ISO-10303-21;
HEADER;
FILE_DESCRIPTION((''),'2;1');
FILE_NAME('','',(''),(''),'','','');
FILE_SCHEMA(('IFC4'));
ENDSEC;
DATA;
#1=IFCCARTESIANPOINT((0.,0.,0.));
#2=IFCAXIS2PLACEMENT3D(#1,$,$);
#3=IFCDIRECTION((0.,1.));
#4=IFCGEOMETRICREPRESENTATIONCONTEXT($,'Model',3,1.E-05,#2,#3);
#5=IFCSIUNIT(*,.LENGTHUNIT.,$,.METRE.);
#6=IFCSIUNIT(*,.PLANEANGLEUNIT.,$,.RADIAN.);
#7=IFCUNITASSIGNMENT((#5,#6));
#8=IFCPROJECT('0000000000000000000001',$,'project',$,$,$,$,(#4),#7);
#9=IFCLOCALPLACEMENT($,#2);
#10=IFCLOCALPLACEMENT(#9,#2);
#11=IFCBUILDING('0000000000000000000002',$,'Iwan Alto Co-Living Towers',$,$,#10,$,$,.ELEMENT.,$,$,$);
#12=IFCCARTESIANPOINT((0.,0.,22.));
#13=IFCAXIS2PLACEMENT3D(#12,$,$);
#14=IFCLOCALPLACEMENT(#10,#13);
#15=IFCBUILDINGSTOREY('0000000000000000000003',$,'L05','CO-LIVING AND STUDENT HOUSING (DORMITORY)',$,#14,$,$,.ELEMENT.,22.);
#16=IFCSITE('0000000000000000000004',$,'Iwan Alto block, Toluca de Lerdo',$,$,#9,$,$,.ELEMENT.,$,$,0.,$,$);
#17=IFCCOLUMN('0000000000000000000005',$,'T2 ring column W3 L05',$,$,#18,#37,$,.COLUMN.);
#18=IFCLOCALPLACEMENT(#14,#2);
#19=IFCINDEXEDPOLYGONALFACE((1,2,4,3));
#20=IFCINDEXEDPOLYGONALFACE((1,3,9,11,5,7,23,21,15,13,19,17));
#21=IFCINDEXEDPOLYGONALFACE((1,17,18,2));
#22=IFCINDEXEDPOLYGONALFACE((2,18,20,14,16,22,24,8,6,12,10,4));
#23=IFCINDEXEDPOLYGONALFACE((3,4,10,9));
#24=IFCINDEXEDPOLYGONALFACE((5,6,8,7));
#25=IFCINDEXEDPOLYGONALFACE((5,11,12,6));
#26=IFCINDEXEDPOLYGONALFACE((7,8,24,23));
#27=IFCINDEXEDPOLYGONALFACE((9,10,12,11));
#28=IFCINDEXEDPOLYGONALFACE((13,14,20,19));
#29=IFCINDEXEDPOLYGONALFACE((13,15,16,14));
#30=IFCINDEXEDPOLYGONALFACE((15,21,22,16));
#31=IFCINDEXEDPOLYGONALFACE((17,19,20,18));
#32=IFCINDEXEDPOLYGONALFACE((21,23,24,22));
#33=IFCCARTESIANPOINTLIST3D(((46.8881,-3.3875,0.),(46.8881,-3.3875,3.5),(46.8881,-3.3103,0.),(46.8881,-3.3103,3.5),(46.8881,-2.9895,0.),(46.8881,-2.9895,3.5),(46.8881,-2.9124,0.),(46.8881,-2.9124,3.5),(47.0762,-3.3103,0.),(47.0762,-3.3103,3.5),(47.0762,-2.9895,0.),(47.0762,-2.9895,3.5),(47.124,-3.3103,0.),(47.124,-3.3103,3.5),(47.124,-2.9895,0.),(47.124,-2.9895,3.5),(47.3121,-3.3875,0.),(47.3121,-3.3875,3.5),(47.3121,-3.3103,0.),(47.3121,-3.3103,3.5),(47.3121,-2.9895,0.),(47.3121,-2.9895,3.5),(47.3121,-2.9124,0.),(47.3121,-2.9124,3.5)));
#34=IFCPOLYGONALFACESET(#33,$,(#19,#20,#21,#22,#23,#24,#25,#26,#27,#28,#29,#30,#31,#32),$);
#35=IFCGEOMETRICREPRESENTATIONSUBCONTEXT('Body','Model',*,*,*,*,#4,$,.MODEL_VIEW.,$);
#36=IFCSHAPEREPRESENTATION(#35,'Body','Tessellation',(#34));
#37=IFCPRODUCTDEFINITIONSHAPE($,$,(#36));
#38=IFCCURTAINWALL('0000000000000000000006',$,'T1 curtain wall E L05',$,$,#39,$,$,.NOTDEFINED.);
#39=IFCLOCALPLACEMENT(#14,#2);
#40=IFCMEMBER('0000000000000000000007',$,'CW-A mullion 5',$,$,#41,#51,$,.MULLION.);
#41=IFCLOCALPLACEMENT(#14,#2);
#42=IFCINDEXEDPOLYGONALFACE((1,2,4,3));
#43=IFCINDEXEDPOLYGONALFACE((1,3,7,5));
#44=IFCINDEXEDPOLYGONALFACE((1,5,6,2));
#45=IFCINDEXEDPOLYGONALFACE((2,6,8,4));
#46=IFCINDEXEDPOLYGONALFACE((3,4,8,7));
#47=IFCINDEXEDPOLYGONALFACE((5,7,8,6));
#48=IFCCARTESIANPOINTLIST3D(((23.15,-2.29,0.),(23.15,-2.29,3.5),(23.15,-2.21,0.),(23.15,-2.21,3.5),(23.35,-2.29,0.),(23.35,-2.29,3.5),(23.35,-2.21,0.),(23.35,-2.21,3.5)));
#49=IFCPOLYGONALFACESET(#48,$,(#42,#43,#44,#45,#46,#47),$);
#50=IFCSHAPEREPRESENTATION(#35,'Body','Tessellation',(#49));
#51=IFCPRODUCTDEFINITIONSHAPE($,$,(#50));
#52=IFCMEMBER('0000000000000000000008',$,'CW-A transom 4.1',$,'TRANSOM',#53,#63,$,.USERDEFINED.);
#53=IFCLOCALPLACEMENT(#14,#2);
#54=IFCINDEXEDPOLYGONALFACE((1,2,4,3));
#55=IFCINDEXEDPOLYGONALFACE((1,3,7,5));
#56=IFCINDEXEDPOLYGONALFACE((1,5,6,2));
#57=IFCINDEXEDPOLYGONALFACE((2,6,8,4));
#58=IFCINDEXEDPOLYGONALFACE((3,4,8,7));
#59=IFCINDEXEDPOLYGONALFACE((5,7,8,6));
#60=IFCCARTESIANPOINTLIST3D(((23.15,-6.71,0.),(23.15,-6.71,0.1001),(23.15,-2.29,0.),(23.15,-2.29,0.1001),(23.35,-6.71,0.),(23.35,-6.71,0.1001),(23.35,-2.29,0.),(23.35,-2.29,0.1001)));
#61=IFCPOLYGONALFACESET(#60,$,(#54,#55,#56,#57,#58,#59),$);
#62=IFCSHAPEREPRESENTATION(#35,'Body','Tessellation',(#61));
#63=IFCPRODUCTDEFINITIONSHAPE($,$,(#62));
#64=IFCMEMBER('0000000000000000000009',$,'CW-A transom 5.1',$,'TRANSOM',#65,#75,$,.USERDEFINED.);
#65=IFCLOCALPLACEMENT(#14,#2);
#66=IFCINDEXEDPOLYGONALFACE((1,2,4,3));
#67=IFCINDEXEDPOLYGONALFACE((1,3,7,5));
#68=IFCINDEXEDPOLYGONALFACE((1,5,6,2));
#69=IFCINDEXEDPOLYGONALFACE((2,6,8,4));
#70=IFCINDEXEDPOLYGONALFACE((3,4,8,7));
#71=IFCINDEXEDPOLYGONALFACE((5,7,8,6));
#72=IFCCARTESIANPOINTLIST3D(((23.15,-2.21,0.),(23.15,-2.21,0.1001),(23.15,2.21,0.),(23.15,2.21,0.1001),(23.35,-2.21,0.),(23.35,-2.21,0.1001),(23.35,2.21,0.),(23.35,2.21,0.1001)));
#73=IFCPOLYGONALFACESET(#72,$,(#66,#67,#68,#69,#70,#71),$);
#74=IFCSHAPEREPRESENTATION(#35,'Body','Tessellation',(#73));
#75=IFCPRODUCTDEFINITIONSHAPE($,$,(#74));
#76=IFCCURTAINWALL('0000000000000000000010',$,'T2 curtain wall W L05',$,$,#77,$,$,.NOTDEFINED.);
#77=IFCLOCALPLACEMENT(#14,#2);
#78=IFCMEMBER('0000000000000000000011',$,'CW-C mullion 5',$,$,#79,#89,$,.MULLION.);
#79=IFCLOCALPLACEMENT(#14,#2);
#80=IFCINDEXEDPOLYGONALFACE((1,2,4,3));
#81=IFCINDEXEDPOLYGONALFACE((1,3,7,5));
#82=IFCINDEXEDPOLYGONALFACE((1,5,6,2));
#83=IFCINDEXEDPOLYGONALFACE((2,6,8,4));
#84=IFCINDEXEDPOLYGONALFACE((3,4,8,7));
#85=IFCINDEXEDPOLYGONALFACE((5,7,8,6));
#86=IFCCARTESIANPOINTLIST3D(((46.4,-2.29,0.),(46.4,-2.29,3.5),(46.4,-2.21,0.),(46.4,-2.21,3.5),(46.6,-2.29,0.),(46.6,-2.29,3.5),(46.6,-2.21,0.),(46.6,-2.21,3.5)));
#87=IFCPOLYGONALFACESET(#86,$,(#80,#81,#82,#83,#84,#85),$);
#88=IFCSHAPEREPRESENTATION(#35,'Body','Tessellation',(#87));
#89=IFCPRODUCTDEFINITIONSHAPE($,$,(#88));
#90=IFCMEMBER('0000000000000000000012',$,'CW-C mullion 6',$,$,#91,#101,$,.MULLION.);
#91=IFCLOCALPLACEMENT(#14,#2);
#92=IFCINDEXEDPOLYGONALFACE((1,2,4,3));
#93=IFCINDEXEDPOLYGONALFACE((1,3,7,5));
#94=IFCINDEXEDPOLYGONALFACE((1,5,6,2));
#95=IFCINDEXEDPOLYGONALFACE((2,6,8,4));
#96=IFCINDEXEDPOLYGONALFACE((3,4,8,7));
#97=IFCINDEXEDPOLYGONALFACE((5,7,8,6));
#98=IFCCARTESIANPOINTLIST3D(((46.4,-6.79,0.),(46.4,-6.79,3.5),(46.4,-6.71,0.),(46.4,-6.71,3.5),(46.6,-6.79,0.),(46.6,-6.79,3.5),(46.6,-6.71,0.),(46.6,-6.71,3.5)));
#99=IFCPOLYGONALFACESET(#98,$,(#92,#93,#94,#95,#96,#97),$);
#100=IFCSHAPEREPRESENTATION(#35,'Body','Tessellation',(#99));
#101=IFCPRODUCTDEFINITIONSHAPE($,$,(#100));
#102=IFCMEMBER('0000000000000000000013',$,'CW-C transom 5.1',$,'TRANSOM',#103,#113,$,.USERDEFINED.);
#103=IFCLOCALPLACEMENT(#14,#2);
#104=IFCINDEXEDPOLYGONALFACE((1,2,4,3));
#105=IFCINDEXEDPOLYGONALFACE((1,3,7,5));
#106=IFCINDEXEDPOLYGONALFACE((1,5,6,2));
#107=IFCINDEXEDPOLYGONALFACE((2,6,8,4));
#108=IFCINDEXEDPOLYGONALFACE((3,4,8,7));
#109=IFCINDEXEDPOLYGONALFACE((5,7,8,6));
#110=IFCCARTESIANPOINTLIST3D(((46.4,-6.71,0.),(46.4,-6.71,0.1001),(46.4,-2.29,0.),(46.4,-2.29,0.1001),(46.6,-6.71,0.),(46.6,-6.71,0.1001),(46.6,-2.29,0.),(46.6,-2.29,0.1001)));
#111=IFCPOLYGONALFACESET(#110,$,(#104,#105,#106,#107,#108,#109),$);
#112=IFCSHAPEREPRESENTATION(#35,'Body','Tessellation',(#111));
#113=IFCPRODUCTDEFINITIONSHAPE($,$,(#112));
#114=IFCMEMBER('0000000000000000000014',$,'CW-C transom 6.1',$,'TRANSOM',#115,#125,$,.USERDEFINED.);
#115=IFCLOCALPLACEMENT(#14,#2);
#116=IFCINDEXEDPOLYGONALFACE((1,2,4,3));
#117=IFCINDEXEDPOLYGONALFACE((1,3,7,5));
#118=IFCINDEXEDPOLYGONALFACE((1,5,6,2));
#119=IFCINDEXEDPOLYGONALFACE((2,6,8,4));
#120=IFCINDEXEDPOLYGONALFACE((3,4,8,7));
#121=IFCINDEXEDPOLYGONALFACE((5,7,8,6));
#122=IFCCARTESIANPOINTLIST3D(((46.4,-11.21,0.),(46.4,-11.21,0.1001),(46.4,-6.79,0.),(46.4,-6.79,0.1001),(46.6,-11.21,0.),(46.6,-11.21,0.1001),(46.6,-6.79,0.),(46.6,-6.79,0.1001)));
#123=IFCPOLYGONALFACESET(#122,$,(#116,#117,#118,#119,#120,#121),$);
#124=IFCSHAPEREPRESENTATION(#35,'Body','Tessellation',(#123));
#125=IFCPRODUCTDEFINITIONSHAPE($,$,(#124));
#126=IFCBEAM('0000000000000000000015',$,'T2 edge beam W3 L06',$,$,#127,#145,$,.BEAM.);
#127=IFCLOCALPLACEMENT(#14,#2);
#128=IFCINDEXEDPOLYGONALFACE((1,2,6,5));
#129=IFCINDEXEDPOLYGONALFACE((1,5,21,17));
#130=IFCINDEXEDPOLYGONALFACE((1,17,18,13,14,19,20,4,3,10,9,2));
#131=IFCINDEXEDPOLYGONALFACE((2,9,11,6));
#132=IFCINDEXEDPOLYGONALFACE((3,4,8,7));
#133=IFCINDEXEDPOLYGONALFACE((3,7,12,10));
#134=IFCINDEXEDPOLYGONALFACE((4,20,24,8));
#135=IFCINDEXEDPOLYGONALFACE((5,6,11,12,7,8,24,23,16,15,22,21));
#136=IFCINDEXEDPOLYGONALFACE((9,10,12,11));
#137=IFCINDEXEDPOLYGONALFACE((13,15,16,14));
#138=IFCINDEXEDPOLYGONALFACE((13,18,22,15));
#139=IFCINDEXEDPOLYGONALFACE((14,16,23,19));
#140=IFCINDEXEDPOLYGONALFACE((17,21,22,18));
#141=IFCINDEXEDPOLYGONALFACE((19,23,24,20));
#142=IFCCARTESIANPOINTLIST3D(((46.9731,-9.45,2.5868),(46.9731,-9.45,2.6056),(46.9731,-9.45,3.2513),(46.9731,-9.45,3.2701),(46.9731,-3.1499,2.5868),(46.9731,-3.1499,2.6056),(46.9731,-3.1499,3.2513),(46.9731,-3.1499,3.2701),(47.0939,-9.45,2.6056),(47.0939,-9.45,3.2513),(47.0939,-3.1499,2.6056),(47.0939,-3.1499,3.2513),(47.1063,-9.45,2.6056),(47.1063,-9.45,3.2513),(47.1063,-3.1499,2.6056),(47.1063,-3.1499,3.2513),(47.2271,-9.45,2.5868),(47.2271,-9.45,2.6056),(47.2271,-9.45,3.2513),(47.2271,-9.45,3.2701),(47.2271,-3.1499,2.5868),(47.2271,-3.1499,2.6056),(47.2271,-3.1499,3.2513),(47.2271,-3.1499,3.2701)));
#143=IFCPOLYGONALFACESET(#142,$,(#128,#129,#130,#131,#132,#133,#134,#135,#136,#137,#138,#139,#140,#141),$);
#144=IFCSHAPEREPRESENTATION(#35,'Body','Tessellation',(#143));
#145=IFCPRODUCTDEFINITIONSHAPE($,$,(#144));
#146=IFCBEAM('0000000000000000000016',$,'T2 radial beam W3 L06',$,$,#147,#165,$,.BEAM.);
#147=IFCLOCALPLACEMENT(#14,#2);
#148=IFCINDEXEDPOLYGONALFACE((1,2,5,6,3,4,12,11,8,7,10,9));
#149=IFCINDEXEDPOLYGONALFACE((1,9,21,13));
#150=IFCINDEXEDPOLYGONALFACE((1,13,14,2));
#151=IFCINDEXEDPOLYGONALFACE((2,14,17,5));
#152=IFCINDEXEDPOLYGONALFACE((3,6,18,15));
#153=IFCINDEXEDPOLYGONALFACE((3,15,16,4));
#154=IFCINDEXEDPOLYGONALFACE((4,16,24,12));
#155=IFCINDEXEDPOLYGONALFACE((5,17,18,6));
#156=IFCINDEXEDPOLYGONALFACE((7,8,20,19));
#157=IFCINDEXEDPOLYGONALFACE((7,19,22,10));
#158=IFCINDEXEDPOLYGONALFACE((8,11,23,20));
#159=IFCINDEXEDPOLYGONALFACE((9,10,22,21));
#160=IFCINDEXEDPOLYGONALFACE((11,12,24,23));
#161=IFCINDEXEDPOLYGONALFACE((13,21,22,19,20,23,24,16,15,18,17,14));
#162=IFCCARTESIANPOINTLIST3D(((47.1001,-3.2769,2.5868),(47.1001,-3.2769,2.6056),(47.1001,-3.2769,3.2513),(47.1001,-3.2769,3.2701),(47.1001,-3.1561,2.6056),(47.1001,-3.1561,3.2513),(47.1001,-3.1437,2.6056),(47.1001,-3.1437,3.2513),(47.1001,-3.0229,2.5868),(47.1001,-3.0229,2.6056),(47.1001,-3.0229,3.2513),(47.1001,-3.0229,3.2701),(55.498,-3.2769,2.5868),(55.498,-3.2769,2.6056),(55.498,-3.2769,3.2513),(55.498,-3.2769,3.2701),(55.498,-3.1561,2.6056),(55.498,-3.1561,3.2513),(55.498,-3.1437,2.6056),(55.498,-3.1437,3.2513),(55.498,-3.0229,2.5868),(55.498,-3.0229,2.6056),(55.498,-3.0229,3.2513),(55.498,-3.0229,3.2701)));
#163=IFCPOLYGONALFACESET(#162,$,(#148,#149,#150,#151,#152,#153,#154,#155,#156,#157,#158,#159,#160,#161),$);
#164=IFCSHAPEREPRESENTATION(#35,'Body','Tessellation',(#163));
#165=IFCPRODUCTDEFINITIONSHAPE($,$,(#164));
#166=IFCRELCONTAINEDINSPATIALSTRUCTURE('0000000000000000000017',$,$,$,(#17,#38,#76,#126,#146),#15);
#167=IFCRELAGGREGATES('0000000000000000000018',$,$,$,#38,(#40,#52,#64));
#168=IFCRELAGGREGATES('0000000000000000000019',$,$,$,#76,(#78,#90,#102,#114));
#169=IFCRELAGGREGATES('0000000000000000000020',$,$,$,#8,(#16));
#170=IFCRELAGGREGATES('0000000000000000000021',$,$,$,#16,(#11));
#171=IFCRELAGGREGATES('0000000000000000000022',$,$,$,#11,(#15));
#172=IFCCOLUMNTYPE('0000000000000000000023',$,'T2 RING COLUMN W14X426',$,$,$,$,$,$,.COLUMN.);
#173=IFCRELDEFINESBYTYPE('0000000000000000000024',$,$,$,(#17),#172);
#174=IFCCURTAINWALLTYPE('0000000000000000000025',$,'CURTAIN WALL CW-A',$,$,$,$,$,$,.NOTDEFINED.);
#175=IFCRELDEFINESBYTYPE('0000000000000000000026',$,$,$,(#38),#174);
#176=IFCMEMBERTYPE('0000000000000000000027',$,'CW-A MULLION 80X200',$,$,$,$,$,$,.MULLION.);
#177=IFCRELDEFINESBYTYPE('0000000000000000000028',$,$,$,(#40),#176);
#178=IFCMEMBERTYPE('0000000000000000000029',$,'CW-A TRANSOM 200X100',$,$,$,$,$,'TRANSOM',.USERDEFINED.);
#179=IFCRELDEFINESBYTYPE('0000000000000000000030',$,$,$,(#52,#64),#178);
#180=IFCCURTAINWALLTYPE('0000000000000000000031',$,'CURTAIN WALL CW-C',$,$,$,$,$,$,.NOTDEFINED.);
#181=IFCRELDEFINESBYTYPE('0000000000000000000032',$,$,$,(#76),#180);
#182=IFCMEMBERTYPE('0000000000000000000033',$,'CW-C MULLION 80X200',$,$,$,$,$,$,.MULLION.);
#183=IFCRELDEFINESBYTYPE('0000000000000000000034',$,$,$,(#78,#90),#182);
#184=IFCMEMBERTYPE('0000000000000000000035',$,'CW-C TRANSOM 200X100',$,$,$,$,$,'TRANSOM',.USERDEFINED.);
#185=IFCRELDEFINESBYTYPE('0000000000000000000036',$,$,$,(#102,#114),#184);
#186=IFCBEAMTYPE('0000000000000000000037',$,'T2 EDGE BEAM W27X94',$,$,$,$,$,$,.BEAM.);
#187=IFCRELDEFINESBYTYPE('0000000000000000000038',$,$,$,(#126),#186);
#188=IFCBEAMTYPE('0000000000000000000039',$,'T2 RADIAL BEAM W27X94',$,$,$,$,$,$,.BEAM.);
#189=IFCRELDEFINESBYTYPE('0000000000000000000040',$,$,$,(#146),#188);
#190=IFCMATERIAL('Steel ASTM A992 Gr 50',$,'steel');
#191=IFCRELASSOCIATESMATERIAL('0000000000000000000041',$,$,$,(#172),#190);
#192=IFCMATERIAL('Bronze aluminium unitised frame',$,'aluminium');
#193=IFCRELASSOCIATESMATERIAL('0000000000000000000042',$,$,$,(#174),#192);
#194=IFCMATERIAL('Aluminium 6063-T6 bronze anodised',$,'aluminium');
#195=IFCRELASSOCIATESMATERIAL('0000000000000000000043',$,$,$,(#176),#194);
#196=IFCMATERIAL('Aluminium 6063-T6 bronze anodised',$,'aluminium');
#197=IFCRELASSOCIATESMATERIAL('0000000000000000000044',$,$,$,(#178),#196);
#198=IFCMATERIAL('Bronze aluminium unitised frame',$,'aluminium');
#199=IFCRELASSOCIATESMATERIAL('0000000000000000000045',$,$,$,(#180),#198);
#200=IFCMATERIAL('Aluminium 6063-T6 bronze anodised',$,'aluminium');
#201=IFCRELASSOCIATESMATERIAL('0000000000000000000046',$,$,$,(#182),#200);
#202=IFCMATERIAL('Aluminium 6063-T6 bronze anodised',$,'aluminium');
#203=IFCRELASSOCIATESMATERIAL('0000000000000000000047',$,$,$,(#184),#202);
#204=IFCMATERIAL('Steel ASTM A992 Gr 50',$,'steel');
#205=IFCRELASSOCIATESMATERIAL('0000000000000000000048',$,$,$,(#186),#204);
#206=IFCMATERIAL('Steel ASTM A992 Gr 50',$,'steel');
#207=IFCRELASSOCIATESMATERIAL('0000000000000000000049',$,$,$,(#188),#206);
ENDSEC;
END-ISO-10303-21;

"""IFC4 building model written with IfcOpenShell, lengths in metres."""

from ifc_helpers import new_model, si_unit, direction, frame, origin, origin_2d, place, context, subcontext, project, spatial, rectangle, i_section, extrude, material, material_profile, profile_set, type_object, element, aggregate, save


model = new_model("IFC4")

# Units and contexts
model_context = context("Model", 3, precision=1e-05, world=origin(), true_north=direction((0.0, 1.0)))
body_context = subcontext(model_context, "Body", "Model", "MODEL_VIEW")
ifc_project = project(units=[si_unit("LENGTHUNIT", "METRE"), si_unit("PLANEANGLEUNIT", "RADIAN")], contexts=[model_context])

# Site, building, storey
site_placement = place(None, origin())
site = spatial("IfcSite", under=ifc_project, at=site_placement, Name="Iwan Alto block, Toluca de Lerdo", CompositionType="ELEMENT", RefElevation=0.0)
building_placement = place(site_placement, origin())
building = spatial("IfcBuilding", under=site, at=building_placement, Name="Iwan Alto Co-Living Towers", CompositionType="ELEMENT")
storey_placement = place(building_placement, frame((0.0, 0.0, 22.0)))
storey = spatial("IfcBuildingStorey", under=building, at=storey_placement, Name="L05", Description="CO-LIVING AND STUDENT HOUSING (DORMITORY)", CompositionType="ELEMENT", Elevation=22.0)

# Column
ifc_material_1 = material(Name="Steel ASTM A992 Gr 50", Category="steel")
ifc_material_profile_1 = material_profile(ifc_material_1, i_section(OverallWidth=0.4241, OverallDepth=0.4751, WebThickness=0.0479, FlangeThickness=0.0771, at=origin_2d()), Name="W14X426")
ifc_profile_set_1 = profile_set([ifc_material_profile_1], Name="Steel ASTM A992 Gr 50")
column_type = type_object("IfcColumnType", Name="T2 RING COLUMN W14X426", PredefinedType="COLUMN", material=ifc_profile_set_1)
column_placement = place(storey_placement, frame((47.1001, -3.1499, 0.0), z_axis=(0.0, 0.0, 1.0), x_axis=(1.0, 0.0, 0.0)))
element("IfcColumn", 1, at=column_placement, inside=storey, type_object=column_type, Name="T2 ring column W3 L05", PredefinedType="COLUMN", context=body_context, shape_type="SweptSolid", body=[
    extrude(i_section(OverallWidth=0.4241, OverallDepth=0.4751, WebThickness=0.0479, FlangeThickness=0.0771, at=origin_2d()), origin(), (0.0, 0.0, 1.0), 3.5),
])

# Curtain walls, members
ifc_material_2 = material(Name="Bronze aluminium unitised frame", Category="aluminium")
curtain_wall_type_1 = type_object("IfcCurtainWallType", Name="CURTAIN WALL CW-A", PredefinedType="NOTDEFINED", material=ifc_material_2)
curtain_wall_1_placement = place(storey_placement, origin())
curtain_wall_1 = element("IfcCurtainWall", 2, at=curtain_wall_1_placement, inside=storey, type_object=curtain_wall_type_1, Name="T1 curtain wall E L05", PredefinedType="NOTDEFINED")
ifc_material_3 = material(Name="Aluminium 6063-T6 bronze anodised", Category="aluminium")
ifc_material_profile_2 = material_profile(ifc_material_3, rectangle(XDim=0.2, YDim=0.0801, at=origin_2d()), Name="AL 80X200")
ifc_profile_set_2 = profile_set([ifc_material_profile_2], Name="Aluminium 6063-T6 bronze anodised")
member_type_1 = type_object("IfcMemberType", Name="CW-A MULLION 80X200", PredefinedType="MULLION", material=ifc_profile_set_2)
member_1_placement = place(storey_placement, frame((23.25, -2.25, 0.0), z_axis=(0.0, 0.0, 1.0), x_axis=(-1.0, 0.0, 0.0)))
member_1 = element("IfcMember", 3, at=member_1_placement, type_object=member_type_1, Name="CW-A mullion 5", PredefinedType="MULLION", context=body_context, shape_type="SweptSolid", body=[
    extrude(rectangle(XDim=0.2, YDim=0.0801, at=origin_2d()), origin(), (0.0, 0.0, 1.0), 3.5),
])
ifc_material_4 = material(Name="Aluminium 6063-T6 bronze anodised", Category="aluminium")
ifc_material_profile_3 = material_profile(ifc_material_4, rectangle(XDim=0.2, YDim=0.1001, at=origin_2d()), Name="AL 200X100")
ifc_profile_set_3 = profile_set([ifc_material_profile_3], Name="Aluminium 6063-T6 bronze anodised")
member_type_2 = type_object("IfcMemberType", Name="CW-A TRANSOM 200X100", ElementType="TRANSOM", PredefinedType="USERDEFINED", material=ifc_profile_set_3)
member_2_placement = place(storey_placement, frame((23.25, -6.71, 0.05), z_axis=(0.0, 1.0, 0.0), x_axis=(-1.0, 0.0, 0.0)))
member_2 = element("IfcMember", 4, at=member_2_placement, type_object=member_type_2, Name="CW-A transom 4.1", ObjectType="TRANSOM", PredefinedType="USERDEFINED", context=body_context, shape_type="SweptSolid", body=[
    extrude(rectangle(XDim=0.2, YDim=0.1001, at=origin_2d()), origin(), (0.0, 0.0, 1.0), 4.4199),
])
member_3_placement = place(storey_placement, frame((23.25, -2.21, 0.05), z_axis=(0.0, 1.0, 0.0), x_axis=(-1.0, 0.0, 0.0)))
member_3 = element("IfcMember", 5, at=member_3_placement, type_object=member_type_2, Name="CW-A transom 5.1", ObjectType="TRANSOM", PredefinedType="USERDEFINED", context=body_context, shape_type="SweptSolid", body=[
    extrude(rectangle(XDim=0.2, YDim=0.1001, at=origin_2d()), origin(), (0.0, 0.0, 1.0), 4.4199),
])
ifc_material_5 = material(Name="Bronze aluminium unitised frame", Category="aluminium")
curtain_wall_type_2 = type_object("IfcCurtainWallType", Name="CURTAIN WALL CW-C", PredefinedType="NOTDEFINED", material=ifc_material_5)
curtain_wall_2_placement = place(storey_placement, origin())
curtain_wall_2 = element("IfcCurtainWall", 6, at=curtain_wall_2_placement, inside=storey, type_object=curtain_wall_type_2, Name="T2 curtain wall W L05", PredefinedType="NOTDEFINED")
ifc_material_6 = material(Name="Aluminium 6063-T6 bronze anodised", Category="aluminium")
ifc_material_profile_4 = material_profile(ifc_material_6, rectangle(XDim=0.2, YDim=0.0801, at=origin_2d()), Name="AL 80X200")
ifc_profile_set_4 = profile_set([ifc_material_profile_4], Name="Aluminium 6063-T6 bronze anodised")
member_type_3 = type_object("IfcMemberType", Name="CW-C MULLION 80X200", PredefinedType="MULLION", material=ifc_profile_set_4)
member_4_placement = place(storey_placement, frame((46.5, -2.25, 0.0), z_axis=(0.0, 0.0, 1.0), x_axis=(1.0, 0.0, 0.0)))
member_4 = element("IfcMember", 7, at=member_4_placement, type_object=member_type_3, Name="CW-C mullion 5", PredefinedType="MULLION", context=body_context, shape_type="SweptSolid", body=[
    extrude(rectangle(XDim=0.2, YDim=0.0801, at=origin_2d()), origin(), (0.0, 0.0, 1.0), 3.5),
])
member_5_placement = place(storey_placement, frame((46.5, -6.75, 0.0), z_axis=(0.0, 0.0, 1.0), x_axis=(1.0, 0.0, 0.0)))
member_5 = element("IfcMember", 8, at=member_5_placement, type_object=member_type_3, Name="CW-C mullion 6", PredefinedType="MULLION", context=body_context, shape_type="SweptSolid", body=[
    extrude(rectangle(XDim=0.2, YDim=0.0801, at=origin_2d()), origin(), (0.0, 0.0, 1.0), 3.5),
])
ifc_material_7 = material(Name="Aluminium 6063-T6 bronze anodised", Category="aluminium")
ifc_material_profile_5 = material_profile(ifc_material_7, rectangle(XDim=0.2, YDim=0.1001, at=origin_2d()), Name="AL 200X100")
ifc_profile_set_5 = profile_set([ifc_material_profile_5], Name="Aluminium 6063-T6 bronze anodised")
member_type_4 = type_object("IfcMemberType", Name="CW-C TRANSOM 200X100", ElementType="TRANSOM", PredefinedType="USERDEFINED", material=ifc_profile_set_5)
member_6_placement = place(storey_placement, frame((46.5, -2.29, 0.05), z_axis=(0.0, -1.0, 0.0), x_axis=(1.0, 0.0, 0.0)))
member_6 = element("IfcMember", 9, at=member_6_placement, type_object=member_type_4, Name="CW-C transom 5.1", ObjectType="TRANSOM", PredefinedType="USERDEFINED", context=body_context, shape_type="SweptSolid", body=[
    extrude(rectangle(XDim=0.2, YDim=0.1001, at=origin_2d()), origin(), (0.0, 0.0, 1.0), 4.4199),
])
member_7_placement = place(storey_placement, frame((46.5, -6.79, 0.05), z_axis=(0.0, -1.0, 0.0), x_axis=(1.0, 0.0, 0.0)))
member_7 = element("IfcMember", 10, at=member_7_placement, type_object=member_type_4, Name="CW-C transom 6.1", ObjectType="TRANSOM", PredefinedType="USERDEFINED", context=body_context, shape_type="SweptSolid", body=[
    extrude(rectangle(XDim=0.2, YDim=0.1001, at=origin_2d()), origin(), (0.0, 0.0, 1.0), 4.4199),
])

# Beams
ifc_material_8 = material(Name="Steel ASTM A992 Gr 50", Category="steel")
ifc_material_profile_6 = material_profile(ifc_material_8, i_section(OverallWidth=0.2539, OverallDepth=0.6833, WebThickness=0.0125, FlangeThickness=0.0188, at=origin_2d()), Name="W27X94")
ifc_profile_set_6 = profile_set([ifc_material_profile_6], Name="Steel ASTM A992 Gr 50")
beam_type_1 = type_object("IfcBeamType", Name="T2 EDGE BEAM W27X94", PredefinedType="BEAM", material=ifc_profile_set_6)
beam_1_placement = place(storey_placement, frame((47.1001, -3.1499, 2.9285), z_axis=(0.0, -1.0, 0.0), x_axis=(1.0, 0.0, 0.0)))
element("IfcBeam", 11, at=beam_1_placement, inside=storey, type_object=beam_type_1, Name="T2 edge beam W3 L06", PredefinedType="BEAM", context=body_context, shape_type="SweptSolid", body=[
    extrude(i_section(OverallWidth=0.2539, OverallDepth=0.6833, WebThickness=0.0125, FlangeThickness=0.0188, at=origin_2d()), origin(), (0.0, 0.0, 1.0), 6.3),
])
ifc_material_9 = material(Name="Steel ASTM A992 Gr 50", Category="steel")
ifc_material_profile_7 = material_profile(ifc_material_9, i_section(OverallWidth=0.2539, OverallDepth=0.6833, WebThickness=0.0125, FlangeThickness=0.0188, at=origin_2d()), Name="W27X94")
ifc_profile_set_7 = profile_set([ifc_material_profile_7], Name="Steel ASTM A992 Gr 50")
beam_type_2 = type_object("IfcBeamType", Name="T2 RADIAL BEAM W27X94", PredefinedType="BEAM", material=ifc_profile_set_7)
beam_2_placement = place(storey_placement, frame((47.1001, -3.1499, 2.9285), z_axis=(1.0, 0.0, 0.0), x_axis=(0.0, 1.0, 0.0)))
element("IfcBeam", 12, at=beam_2_placement, inside=storey, type_object=beam_type_2, Name="T2 radial beam W3 L06", PredefinedType="BEAM", context=body_context, shape_type="SweptSolid", body=[
    extrude(i_section(OverallWidth=0.2539, OverallDepth=0.6833, WebThickness=0.0125, FlangeThickness=0.0188, at=origin_2d()), origin(), (0.0, 0.0, 1.0), 8.3979),
])

aggregate(curtain_wall_1, [member_1, member_2, member_3])
aggregate(curtain_wall_2, [member_4, member_5, member_6, member_7])

save(model, "model.ifc")
